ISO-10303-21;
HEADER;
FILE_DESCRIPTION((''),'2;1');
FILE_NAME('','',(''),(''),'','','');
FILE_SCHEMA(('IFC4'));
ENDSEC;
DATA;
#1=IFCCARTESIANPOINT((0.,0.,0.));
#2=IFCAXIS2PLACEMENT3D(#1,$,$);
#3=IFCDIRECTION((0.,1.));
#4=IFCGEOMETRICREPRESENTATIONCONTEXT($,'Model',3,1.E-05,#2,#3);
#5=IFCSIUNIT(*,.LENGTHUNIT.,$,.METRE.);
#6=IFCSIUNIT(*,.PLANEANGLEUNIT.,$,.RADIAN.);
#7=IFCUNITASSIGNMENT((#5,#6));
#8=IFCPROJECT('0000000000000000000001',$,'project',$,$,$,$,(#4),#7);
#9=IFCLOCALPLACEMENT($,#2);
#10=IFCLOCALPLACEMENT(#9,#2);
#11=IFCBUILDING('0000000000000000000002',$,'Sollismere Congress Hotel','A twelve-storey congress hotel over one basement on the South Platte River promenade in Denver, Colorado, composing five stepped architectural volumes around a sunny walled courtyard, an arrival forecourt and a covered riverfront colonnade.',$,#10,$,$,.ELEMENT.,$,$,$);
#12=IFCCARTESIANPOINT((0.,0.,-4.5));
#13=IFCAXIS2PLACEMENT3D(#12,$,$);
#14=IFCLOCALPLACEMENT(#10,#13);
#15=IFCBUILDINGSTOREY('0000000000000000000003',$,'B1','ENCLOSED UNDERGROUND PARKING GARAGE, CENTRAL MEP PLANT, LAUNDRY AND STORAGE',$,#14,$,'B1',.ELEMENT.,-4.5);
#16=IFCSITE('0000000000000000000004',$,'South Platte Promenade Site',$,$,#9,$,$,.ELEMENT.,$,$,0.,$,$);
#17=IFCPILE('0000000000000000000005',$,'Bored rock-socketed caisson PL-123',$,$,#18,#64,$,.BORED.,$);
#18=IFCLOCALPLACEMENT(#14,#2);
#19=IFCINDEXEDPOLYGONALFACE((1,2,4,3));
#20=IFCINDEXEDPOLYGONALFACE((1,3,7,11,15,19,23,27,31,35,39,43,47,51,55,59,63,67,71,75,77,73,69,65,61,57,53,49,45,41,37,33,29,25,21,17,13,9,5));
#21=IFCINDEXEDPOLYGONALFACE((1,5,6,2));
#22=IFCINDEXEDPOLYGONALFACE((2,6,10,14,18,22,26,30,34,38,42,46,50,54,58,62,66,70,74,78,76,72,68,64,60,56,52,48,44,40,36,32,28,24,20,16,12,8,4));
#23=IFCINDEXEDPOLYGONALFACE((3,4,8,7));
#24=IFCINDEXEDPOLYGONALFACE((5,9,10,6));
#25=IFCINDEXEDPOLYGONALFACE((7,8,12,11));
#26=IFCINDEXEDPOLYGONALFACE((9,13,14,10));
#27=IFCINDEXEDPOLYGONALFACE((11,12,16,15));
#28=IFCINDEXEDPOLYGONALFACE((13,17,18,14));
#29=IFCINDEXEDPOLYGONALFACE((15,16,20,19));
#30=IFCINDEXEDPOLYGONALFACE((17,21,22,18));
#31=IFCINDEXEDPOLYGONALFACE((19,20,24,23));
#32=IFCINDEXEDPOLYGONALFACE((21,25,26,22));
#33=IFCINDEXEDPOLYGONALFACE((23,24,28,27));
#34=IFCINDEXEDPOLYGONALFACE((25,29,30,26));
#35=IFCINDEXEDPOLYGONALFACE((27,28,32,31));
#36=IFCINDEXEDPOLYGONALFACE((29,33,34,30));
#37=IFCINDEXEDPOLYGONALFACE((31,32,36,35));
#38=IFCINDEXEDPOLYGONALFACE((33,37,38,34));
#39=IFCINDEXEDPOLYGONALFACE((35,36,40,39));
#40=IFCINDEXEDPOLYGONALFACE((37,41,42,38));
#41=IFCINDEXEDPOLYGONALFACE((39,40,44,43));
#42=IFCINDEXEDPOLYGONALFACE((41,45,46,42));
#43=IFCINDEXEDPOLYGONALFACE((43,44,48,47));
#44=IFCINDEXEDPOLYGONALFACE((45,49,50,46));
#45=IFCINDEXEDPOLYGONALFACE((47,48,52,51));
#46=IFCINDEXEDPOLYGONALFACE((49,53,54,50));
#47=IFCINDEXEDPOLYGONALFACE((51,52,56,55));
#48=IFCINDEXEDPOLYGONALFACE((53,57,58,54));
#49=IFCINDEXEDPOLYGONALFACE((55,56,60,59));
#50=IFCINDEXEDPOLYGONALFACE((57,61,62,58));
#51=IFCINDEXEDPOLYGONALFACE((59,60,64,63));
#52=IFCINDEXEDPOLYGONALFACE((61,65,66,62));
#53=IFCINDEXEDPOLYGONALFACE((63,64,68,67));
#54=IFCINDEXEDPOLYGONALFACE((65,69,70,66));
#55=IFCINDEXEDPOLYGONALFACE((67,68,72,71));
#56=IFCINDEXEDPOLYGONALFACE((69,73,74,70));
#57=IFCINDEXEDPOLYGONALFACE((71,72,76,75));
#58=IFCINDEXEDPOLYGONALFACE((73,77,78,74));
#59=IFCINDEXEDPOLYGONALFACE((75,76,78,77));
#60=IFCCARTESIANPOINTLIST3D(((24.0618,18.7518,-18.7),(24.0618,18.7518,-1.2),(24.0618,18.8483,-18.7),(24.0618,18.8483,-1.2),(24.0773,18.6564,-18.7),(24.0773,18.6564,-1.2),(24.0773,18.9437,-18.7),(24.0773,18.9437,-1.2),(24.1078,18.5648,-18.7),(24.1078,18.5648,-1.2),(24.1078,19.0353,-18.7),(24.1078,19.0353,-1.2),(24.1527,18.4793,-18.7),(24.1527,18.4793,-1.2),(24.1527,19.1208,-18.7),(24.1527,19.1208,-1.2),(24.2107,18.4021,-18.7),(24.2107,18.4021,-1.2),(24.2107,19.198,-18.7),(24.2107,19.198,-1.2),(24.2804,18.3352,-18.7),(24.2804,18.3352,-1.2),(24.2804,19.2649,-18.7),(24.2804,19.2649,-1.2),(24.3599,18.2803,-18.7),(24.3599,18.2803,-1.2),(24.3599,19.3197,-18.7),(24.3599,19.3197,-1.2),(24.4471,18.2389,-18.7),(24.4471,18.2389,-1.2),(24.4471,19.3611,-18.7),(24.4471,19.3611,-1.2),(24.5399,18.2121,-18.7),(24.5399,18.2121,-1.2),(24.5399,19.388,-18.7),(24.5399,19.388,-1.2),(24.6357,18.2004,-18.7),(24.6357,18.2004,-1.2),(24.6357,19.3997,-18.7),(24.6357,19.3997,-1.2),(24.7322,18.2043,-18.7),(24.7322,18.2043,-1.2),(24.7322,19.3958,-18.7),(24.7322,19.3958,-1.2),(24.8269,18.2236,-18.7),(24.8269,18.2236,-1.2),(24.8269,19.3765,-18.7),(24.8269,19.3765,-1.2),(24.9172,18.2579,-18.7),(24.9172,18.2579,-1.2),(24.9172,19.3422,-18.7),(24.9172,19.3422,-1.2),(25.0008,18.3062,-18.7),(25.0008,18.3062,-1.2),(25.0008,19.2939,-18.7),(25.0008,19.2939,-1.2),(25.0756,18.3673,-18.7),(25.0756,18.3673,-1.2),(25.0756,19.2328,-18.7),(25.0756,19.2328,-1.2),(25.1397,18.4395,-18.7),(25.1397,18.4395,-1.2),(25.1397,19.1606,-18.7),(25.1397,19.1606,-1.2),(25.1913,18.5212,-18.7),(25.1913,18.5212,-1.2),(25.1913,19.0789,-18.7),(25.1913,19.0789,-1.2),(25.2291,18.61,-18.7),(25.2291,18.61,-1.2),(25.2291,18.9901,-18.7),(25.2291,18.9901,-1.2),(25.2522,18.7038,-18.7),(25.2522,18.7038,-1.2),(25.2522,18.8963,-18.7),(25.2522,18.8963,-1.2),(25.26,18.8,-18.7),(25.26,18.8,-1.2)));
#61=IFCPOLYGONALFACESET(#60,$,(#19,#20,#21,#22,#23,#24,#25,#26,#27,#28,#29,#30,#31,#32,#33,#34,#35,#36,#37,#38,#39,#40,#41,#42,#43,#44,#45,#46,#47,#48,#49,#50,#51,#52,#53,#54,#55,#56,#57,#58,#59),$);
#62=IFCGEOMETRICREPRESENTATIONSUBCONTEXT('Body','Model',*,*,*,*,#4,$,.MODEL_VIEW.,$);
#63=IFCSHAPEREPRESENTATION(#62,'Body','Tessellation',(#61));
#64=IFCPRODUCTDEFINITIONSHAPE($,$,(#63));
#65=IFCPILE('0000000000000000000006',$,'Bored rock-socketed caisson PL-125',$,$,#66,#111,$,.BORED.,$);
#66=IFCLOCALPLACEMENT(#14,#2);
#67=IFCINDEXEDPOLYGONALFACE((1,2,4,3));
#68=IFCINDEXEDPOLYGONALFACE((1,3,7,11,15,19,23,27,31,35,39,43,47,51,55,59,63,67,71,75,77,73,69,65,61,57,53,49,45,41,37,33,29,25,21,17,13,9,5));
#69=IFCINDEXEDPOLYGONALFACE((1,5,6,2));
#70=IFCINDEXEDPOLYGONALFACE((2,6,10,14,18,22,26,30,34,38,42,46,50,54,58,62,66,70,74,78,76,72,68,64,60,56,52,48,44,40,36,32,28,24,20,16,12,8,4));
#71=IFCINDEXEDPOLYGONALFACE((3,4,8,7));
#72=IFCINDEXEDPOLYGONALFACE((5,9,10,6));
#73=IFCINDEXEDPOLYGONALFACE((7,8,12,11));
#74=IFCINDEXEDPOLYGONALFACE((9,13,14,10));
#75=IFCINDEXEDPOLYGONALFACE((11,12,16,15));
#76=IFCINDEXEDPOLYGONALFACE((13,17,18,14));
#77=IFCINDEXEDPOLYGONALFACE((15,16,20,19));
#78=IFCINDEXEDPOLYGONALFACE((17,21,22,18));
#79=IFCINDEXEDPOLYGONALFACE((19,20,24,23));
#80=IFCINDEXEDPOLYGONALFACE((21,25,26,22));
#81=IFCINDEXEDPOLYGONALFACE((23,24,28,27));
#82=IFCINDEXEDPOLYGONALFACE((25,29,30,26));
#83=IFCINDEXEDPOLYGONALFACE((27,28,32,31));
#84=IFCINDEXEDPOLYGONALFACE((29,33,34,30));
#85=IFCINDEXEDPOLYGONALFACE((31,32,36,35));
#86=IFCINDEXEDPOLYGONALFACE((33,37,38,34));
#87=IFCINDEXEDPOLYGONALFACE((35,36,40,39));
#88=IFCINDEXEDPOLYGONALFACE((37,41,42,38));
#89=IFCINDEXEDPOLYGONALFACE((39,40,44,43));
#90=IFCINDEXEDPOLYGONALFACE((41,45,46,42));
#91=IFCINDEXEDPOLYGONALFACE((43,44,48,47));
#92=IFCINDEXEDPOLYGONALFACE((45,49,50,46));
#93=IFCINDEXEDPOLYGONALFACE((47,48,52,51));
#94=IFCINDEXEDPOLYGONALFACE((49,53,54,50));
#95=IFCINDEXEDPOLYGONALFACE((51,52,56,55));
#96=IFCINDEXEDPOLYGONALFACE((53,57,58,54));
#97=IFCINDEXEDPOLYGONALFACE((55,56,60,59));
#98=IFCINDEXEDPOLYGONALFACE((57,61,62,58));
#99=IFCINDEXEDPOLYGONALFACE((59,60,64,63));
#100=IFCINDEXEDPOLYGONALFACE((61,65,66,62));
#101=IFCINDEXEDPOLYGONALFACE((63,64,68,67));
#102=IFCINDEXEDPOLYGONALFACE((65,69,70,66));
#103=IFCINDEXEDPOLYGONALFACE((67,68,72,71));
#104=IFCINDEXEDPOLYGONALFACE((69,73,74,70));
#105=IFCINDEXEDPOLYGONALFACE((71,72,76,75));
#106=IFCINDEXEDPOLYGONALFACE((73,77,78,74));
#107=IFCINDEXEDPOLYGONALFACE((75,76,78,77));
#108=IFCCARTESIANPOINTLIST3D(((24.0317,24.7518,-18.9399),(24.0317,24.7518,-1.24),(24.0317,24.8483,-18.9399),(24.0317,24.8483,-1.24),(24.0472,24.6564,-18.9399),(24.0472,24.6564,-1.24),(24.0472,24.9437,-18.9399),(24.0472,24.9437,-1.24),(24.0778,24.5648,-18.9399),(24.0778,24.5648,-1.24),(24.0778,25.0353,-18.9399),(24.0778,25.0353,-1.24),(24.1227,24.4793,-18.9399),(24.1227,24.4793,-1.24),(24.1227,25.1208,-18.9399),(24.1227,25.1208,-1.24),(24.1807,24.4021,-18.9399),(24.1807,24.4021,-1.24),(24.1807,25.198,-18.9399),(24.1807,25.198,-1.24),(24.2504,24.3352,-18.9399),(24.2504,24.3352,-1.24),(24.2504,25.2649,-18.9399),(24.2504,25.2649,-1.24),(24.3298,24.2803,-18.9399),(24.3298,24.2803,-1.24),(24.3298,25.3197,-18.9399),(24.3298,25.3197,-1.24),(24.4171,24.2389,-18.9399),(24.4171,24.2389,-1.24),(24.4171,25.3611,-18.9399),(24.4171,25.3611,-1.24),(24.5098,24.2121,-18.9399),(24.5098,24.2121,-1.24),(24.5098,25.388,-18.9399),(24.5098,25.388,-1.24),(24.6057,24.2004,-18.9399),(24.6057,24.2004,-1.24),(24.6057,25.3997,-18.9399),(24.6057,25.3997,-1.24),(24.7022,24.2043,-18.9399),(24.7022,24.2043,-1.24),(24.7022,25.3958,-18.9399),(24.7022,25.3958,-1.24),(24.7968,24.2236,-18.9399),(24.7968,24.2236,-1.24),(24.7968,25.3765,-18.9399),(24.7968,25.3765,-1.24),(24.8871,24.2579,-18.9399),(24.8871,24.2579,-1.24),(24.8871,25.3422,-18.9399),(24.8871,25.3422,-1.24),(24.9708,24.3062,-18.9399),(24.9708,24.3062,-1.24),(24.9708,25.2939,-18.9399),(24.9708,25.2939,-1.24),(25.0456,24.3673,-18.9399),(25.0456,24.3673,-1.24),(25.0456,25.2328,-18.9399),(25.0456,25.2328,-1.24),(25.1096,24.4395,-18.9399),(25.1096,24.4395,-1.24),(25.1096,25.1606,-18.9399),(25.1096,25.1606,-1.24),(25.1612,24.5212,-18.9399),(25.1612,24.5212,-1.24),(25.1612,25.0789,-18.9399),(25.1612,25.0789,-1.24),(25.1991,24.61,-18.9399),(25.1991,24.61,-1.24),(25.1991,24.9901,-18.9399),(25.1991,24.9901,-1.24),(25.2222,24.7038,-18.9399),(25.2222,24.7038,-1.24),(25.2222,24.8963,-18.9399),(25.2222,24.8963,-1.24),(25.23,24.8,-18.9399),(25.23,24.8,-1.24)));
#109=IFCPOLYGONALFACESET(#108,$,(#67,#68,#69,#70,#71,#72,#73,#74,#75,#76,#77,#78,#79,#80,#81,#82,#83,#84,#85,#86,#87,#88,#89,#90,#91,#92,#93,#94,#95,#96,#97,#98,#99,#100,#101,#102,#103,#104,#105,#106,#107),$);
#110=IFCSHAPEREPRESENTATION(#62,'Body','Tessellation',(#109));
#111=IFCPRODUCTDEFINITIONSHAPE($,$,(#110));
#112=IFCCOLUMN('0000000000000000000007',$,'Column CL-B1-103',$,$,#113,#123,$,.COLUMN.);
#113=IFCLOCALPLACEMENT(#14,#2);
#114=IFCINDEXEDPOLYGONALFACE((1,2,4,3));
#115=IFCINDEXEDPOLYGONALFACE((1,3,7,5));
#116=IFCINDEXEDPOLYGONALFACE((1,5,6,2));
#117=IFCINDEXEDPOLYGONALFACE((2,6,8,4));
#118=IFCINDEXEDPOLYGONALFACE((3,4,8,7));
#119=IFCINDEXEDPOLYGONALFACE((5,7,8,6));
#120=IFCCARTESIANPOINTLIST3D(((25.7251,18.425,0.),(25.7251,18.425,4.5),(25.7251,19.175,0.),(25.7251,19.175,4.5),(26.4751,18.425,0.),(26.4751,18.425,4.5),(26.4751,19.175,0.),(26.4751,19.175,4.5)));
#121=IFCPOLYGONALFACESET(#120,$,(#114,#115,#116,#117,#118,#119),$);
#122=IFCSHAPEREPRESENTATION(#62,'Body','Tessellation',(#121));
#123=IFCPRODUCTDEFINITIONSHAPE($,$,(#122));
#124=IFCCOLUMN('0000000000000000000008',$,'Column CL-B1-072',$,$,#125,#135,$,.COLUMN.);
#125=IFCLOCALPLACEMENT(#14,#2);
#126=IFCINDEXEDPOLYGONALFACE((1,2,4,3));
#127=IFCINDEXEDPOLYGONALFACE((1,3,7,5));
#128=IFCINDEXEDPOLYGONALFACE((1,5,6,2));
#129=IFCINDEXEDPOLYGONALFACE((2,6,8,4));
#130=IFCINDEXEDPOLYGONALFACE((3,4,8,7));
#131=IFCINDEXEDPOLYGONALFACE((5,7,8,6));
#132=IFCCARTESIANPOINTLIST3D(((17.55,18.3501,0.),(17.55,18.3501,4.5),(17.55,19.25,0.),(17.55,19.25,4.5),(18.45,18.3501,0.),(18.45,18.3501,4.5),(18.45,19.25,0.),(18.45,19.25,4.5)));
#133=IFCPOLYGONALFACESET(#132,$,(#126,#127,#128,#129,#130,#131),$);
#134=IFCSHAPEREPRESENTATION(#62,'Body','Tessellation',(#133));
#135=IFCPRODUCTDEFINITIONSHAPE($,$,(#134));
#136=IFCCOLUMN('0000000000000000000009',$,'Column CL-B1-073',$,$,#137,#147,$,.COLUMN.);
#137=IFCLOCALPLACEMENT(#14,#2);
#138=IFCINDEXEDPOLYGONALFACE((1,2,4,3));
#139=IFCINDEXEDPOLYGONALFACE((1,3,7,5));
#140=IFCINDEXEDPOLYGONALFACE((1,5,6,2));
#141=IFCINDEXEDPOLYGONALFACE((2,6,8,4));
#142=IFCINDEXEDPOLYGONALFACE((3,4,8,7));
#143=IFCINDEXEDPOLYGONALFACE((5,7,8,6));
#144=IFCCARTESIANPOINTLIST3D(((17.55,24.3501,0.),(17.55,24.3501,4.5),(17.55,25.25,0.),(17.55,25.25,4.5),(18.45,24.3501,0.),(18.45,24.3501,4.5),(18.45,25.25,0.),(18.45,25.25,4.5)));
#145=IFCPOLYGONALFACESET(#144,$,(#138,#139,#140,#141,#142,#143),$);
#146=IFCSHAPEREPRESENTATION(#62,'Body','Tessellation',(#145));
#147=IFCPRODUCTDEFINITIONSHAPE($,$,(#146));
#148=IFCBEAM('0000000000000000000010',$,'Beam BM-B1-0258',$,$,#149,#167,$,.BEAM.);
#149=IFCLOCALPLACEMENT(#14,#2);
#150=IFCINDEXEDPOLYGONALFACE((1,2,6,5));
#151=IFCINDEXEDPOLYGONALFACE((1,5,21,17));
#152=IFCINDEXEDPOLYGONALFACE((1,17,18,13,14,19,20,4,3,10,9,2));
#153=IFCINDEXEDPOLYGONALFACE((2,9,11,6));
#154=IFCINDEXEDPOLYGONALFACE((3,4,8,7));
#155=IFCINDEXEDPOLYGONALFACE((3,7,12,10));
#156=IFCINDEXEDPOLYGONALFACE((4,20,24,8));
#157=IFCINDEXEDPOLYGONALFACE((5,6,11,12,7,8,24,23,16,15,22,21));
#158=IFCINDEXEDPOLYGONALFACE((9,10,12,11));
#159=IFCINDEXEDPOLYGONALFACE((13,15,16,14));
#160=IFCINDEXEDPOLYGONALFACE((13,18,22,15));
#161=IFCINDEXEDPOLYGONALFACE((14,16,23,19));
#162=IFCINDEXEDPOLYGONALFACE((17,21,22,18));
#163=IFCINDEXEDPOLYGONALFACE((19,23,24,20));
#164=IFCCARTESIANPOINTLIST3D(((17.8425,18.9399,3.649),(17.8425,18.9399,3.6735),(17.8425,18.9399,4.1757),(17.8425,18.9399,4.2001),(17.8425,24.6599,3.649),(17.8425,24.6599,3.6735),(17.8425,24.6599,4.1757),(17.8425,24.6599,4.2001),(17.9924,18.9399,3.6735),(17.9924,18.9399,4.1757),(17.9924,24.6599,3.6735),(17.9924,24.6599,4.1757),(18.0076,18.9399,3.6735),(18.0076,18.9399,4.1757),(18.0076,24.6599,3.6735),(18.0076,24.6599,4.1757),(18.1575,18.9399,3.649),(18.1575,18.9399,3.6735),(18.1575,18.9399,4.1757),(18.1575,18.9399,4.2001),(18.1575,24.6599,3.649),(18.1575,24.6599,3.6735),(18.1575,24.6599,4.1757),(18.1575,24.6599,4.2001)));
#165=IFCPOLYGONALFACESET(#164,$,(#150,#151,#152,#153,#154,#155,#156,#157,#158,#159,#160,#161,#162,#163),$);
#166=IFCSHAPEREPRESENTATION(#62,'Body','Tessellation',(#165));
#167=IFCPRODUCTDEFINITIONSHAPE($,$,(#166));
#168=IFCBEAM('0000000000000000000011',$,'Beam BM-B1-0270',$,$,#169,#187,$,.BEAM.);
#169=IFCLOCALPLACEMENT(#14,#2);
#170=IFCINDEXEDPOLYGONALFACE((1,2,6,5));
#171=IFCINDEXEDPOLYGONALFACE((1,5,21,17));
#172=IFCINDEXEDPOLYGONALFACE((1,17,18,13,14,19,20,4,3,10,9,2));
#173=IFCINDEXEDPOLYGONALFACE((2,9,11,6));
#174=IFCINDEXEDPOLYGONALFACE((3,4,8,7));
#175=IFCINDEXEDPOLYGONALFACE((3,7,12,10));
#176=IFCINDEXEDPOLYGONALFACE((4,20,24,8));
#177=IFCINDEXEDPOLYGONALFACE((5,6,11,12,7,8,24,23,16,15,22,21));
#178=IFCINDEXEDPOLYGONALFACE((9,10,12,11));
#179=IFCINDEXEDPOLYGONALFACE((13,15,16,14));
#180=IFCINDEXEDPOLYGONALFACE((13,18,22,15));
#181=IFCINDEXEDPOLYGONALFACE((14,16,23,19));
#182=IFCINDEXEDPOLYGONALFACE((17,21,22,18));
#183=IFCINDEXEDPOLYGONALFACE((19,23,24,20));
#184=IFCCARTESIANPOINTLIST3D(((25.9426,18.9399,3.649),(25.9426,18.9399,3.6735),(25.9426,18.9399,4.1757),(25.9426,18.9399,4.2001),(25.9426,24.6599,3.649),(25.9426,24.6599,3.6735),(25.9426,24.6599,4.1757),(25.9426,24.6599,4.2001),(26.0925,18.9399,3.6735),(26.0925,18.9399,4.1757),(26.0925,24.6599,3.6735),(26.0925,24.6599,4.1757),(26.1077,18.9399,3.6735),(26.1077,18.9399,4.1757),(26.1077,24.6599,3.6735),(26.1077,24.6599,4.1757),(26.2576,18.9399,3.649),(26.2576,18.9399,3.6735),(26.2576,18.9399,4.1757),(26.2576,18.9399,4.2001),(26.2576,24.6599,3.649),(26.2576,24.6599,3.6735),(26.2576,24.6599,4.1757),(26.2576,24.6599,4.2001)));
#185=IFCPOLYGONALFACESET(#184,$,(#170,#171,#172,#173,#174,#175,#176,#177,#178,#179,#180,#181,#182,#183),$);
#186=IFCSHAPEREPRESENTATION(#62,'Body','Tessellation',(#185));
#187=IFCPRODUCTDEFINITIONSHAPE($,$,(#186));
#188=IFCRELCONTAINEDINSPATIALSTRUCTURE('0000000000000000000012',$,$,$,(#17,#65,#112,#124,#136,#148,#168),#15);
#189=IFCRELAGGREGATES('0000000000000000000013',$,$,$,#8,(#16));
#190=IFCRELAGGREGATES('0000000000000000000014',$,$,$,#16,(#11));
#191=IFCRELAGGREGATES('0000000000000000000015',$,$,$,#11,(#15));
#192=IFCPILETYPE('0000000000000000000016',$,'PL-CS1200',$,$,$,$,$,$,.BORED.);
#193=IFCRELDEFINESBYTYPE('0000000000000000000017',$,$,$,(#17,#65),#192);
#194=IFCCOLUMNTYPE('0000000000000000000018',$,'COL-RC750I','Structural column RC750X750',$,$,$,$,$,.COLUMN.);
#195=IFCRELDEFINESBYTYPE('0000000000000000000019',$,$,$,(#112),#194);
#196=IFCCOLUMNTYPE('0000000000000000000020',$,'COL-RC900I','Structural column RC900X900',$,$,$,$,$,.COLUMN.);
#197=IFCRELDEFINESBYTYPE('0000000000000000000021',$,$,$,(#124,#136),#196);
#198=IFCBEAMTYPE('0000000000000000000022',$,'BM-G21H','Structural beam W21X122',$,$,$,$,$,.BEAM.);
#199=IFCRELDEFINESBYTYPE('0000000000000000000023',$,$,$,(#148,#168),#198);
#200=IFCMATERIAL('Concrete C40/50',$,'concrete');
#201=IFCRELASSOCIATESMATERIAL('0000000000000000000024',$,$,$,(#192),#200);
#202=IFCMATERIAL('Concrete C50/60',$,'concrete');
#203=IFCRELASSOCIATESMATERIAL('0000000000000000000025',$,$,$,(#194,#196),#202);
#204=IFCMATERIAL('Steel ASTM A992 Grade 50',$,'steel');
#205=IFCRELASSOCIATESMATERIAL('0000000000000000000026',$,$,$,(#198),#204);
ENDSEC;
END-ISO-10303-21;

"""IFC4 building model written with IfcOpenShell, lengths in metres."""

from ifc_helpers import new_model, si_unit, direction, frame, origin, origin_2d, place, context, subcontext, project, spatial, rectangle, circle, i_section, extrude, material, material_profile, profile_set, type_object, element, save


model = new_model("IFC4")

# Units and contexts
model_context = context("Model", 3, precision=1e-05, world=origin(), true_north=direction((0.0, 1.0)))
body_context = subcontext(model_context, "Body", "Model", "MODEL_VIEW")
ifc_project = project(units=[si_unit("LENGTHUNIT", "METRE"), si_unit("PLANEANGLEUNIT", "RADIAN")], contexts=[model_context])

# Site, building, storey
site_placement = place(None, origin())
site = spatial("IfcSite", under=ifc_project, at=site_placement, Name="South Platte Promenade Site", CompositionType="ELEMENT", RefElevation=0.0)
building_placement = place(site_placement, origin())
building = spatial("IfcBuilding", under=site, at=building_placement, Name="Sollismere Congress Hotel", Description="A twelve-storey congress hotel over one basement on the South Platte River promenade in Denver, Colorado, composing five stepped architectural volumes around a sunny walled courtyard, an arrival forecourt and a covered riverfront colonnade.", CompositionType="ELEMENT")
storey_placement = place(building_placement, frame((0.0, 0.0, -4.5)))
storey = spatial("IfcBuildingStorey", under=building, at=storey_placement, Name="B1", Description="ENCLOSED UNDERGROUND PARKING GARAGE, CENTRAL MEP PLANT, LAUNDRY AND STORAGE", LongName="B1", CompositionType="ELEMENT", Elevation=-4.5)

# Shared definitions
ifc_material_1 = material(Name="Concrete C40/50", Category="concrete")

# Piles
ifc_material_profile_1 = material_profile(ifc_material_1, circle(Radius=0.6001, at=origin_2d()), Name="CAISSON1200")
ifc_profile_set_1 = profile_set([ifc_material_profile_1], Name="Concrete C40/50")
pile_type = type_object("IfcPileType", Name="PL-CS1200", PredefinedType="BORED", material=ifc_profile_set_1)
pile_1_placement = place(storey_placement, frame((24.6599, 18.8, -1.2), z_axis=(0.0, 0.0, -1.0), x_axis=(1.0, 0.0, 0.0)))
element("IfcPile", 1, at=pile_1_placement, inside=storey, type_object=pile_type, Name="Bored rock-socketed caisson PL-123", PredefinedType="BORED", context=body_context, shape_type="SweptSolid", body=[
    extrude(circle(Radius=0.6001, at=origin_2d()), origin(), (0.0, 0.0, 1.0), 17.5),
])
pile_2_placement = place(storey_placement, frame((24.6299, 24.8, -1.24), z_axis=(0.0, 0.0, -1.0), x_axis=(1.0, 0.0, 0.0)))
element("IfcPile", 2, at=pile_2_placement, inside=storey, type_object=pile_type, Name="Bored rock-socketed caisson PL-125", PredefinedType="BORED", context=body_context, shape_type="SweptSolid", body=[
    extrude(circle(Radius=0.6001, at=origin_2d()), origin(), (0.0, 0.0, 1.0), 17.7),
])

# Columns
ifc_material_2 = material(Name="Concrete C50/60", Category="concrete")
ifc_material_profile_2 = material_profile(ifc_material_2, rectangle(XDim=0.75, YDim=0.75, at=origin_2d()), Name="RC750X750")
ifc_profile_set_2 = profile_set([ifc_material_profile_2], Name="Concrete C50/60")
column_type_1 = type_object("IfcColumnType", Name="COL-RC750I", Description="Structural column RC750X750", PredefinedType="COLUMN", material=ifc_profile_set_2)
column_placement = place(storey_placement, frame((26.1001, 18.8, 0.0), z_axis=(0.0, 0.0, 1.0), x_axis=(0.0, 1.0, 0.0)))
element("IfcColumn", 3, at=column_placement, inside=storey, type_object=column_type_1, Name="Column CL-B1-103", PredefinedType="COLUMN", context=body_context, shape_type="SweptSolid", body=[
    extrude(rectangle(XDim=0.75, YDim=0.75, at=origin_2d()), origin(), (0.0, 0.0, 1.0), 4.5),
])
ifc_material_profile_3 = material_profile(ifc_material_2, rectangle(XDim=0.8999, YDim=0.8999, at=origin_2d()), Name="RC900X900")
ifc_profile_set_3 = profile_set([ifc_material_profile_3], Name="Concrete C50/60")
column_type_2 = type_object("IfcColumnType", Name="COL-RC900I", Description="Structural column RC900X900", PredefinedType="COLUMN", material=ifc_profile_set_3)
for number, where, z_axis, x_axis, name in (
    (4, (18.0, 18.8, 0.0), (0.0, 0.0, 1.0), (0.0, 1.0, 0.0), "Column CL-B1-072"),
    (5, (18.0, 24.8, 0.0), (0.0, 0.0, 1.0), (0.0, 1.0, 0.0), "Column CL-B1-073"),
):
    element("IfcColumn", number, at=place(storey_placement, frame(where, z_axis=z_axis, x_axis=x_axis)), inside=storey, type_object=column_type_2, Name=name, PredefinedType="COLUMN", context=body_context, shape_type="SweptSolid", body=[
        extrude(rectangle(XDim=0.8999, YDim=0.8999, at=origin_2d()), origin(), (0.0, 0.0, 1.0), 4.5),
    ])

# Beams
ifc_material_3 = material(Name="Steel ASTM A992 Grade 50", Category="steel")
ifc_material_profile_4 = material_profile(ifc_material_3, i_section(OverallWidth=0.3149, OverallDepth=0.551, WebThickness=0.0151, FlangeThickness=0.0244, at=origin_2d()), Name="W21X122")
ifc_profile_set_4 = profile_set([ifc_material_profile_4], Name="Steel ASTM A992 Grade 50")
beam_type_1 = type_object("IfcBeamType", Name="BM-G21H", Description="Structural beam W21X122", PredefinedType="BEAM", material=ifc_profile_set_4)
for number, where, z_axis, x_axis, name in (
    (6, (18.0, 18.9399, 3.9246), (0.0, 1.0, 0.0), (-1.0, 0.0, 0.0), "Beam BM-B1-0258"),
    (7, (26.1001, 18.9399, 3.9246), (0.0, 1.0, 0.0), (-1.0, 0.0, 0.0), "Beam BM-B1-0270"),
):
    element("IfcBeam", number, at=place(storey_placement, frame(where, z_axis=z_axis, x_axis=x_axis)), inside=storey, type_object=beam_type_1, Name=name, PredefinedType="BEAM", context=body_context, shape_type="SweptSolid", body=[
        extrude(i_section(OverallWidth=0.3149, OverallDepth=0.551, WebThickness=0.0151, FlangeThickness=0.0244, at=origin_2d()), origin(), (0.0, 0.0, 1.0), 5.72),
    ])

save(model, "model.ifc")
